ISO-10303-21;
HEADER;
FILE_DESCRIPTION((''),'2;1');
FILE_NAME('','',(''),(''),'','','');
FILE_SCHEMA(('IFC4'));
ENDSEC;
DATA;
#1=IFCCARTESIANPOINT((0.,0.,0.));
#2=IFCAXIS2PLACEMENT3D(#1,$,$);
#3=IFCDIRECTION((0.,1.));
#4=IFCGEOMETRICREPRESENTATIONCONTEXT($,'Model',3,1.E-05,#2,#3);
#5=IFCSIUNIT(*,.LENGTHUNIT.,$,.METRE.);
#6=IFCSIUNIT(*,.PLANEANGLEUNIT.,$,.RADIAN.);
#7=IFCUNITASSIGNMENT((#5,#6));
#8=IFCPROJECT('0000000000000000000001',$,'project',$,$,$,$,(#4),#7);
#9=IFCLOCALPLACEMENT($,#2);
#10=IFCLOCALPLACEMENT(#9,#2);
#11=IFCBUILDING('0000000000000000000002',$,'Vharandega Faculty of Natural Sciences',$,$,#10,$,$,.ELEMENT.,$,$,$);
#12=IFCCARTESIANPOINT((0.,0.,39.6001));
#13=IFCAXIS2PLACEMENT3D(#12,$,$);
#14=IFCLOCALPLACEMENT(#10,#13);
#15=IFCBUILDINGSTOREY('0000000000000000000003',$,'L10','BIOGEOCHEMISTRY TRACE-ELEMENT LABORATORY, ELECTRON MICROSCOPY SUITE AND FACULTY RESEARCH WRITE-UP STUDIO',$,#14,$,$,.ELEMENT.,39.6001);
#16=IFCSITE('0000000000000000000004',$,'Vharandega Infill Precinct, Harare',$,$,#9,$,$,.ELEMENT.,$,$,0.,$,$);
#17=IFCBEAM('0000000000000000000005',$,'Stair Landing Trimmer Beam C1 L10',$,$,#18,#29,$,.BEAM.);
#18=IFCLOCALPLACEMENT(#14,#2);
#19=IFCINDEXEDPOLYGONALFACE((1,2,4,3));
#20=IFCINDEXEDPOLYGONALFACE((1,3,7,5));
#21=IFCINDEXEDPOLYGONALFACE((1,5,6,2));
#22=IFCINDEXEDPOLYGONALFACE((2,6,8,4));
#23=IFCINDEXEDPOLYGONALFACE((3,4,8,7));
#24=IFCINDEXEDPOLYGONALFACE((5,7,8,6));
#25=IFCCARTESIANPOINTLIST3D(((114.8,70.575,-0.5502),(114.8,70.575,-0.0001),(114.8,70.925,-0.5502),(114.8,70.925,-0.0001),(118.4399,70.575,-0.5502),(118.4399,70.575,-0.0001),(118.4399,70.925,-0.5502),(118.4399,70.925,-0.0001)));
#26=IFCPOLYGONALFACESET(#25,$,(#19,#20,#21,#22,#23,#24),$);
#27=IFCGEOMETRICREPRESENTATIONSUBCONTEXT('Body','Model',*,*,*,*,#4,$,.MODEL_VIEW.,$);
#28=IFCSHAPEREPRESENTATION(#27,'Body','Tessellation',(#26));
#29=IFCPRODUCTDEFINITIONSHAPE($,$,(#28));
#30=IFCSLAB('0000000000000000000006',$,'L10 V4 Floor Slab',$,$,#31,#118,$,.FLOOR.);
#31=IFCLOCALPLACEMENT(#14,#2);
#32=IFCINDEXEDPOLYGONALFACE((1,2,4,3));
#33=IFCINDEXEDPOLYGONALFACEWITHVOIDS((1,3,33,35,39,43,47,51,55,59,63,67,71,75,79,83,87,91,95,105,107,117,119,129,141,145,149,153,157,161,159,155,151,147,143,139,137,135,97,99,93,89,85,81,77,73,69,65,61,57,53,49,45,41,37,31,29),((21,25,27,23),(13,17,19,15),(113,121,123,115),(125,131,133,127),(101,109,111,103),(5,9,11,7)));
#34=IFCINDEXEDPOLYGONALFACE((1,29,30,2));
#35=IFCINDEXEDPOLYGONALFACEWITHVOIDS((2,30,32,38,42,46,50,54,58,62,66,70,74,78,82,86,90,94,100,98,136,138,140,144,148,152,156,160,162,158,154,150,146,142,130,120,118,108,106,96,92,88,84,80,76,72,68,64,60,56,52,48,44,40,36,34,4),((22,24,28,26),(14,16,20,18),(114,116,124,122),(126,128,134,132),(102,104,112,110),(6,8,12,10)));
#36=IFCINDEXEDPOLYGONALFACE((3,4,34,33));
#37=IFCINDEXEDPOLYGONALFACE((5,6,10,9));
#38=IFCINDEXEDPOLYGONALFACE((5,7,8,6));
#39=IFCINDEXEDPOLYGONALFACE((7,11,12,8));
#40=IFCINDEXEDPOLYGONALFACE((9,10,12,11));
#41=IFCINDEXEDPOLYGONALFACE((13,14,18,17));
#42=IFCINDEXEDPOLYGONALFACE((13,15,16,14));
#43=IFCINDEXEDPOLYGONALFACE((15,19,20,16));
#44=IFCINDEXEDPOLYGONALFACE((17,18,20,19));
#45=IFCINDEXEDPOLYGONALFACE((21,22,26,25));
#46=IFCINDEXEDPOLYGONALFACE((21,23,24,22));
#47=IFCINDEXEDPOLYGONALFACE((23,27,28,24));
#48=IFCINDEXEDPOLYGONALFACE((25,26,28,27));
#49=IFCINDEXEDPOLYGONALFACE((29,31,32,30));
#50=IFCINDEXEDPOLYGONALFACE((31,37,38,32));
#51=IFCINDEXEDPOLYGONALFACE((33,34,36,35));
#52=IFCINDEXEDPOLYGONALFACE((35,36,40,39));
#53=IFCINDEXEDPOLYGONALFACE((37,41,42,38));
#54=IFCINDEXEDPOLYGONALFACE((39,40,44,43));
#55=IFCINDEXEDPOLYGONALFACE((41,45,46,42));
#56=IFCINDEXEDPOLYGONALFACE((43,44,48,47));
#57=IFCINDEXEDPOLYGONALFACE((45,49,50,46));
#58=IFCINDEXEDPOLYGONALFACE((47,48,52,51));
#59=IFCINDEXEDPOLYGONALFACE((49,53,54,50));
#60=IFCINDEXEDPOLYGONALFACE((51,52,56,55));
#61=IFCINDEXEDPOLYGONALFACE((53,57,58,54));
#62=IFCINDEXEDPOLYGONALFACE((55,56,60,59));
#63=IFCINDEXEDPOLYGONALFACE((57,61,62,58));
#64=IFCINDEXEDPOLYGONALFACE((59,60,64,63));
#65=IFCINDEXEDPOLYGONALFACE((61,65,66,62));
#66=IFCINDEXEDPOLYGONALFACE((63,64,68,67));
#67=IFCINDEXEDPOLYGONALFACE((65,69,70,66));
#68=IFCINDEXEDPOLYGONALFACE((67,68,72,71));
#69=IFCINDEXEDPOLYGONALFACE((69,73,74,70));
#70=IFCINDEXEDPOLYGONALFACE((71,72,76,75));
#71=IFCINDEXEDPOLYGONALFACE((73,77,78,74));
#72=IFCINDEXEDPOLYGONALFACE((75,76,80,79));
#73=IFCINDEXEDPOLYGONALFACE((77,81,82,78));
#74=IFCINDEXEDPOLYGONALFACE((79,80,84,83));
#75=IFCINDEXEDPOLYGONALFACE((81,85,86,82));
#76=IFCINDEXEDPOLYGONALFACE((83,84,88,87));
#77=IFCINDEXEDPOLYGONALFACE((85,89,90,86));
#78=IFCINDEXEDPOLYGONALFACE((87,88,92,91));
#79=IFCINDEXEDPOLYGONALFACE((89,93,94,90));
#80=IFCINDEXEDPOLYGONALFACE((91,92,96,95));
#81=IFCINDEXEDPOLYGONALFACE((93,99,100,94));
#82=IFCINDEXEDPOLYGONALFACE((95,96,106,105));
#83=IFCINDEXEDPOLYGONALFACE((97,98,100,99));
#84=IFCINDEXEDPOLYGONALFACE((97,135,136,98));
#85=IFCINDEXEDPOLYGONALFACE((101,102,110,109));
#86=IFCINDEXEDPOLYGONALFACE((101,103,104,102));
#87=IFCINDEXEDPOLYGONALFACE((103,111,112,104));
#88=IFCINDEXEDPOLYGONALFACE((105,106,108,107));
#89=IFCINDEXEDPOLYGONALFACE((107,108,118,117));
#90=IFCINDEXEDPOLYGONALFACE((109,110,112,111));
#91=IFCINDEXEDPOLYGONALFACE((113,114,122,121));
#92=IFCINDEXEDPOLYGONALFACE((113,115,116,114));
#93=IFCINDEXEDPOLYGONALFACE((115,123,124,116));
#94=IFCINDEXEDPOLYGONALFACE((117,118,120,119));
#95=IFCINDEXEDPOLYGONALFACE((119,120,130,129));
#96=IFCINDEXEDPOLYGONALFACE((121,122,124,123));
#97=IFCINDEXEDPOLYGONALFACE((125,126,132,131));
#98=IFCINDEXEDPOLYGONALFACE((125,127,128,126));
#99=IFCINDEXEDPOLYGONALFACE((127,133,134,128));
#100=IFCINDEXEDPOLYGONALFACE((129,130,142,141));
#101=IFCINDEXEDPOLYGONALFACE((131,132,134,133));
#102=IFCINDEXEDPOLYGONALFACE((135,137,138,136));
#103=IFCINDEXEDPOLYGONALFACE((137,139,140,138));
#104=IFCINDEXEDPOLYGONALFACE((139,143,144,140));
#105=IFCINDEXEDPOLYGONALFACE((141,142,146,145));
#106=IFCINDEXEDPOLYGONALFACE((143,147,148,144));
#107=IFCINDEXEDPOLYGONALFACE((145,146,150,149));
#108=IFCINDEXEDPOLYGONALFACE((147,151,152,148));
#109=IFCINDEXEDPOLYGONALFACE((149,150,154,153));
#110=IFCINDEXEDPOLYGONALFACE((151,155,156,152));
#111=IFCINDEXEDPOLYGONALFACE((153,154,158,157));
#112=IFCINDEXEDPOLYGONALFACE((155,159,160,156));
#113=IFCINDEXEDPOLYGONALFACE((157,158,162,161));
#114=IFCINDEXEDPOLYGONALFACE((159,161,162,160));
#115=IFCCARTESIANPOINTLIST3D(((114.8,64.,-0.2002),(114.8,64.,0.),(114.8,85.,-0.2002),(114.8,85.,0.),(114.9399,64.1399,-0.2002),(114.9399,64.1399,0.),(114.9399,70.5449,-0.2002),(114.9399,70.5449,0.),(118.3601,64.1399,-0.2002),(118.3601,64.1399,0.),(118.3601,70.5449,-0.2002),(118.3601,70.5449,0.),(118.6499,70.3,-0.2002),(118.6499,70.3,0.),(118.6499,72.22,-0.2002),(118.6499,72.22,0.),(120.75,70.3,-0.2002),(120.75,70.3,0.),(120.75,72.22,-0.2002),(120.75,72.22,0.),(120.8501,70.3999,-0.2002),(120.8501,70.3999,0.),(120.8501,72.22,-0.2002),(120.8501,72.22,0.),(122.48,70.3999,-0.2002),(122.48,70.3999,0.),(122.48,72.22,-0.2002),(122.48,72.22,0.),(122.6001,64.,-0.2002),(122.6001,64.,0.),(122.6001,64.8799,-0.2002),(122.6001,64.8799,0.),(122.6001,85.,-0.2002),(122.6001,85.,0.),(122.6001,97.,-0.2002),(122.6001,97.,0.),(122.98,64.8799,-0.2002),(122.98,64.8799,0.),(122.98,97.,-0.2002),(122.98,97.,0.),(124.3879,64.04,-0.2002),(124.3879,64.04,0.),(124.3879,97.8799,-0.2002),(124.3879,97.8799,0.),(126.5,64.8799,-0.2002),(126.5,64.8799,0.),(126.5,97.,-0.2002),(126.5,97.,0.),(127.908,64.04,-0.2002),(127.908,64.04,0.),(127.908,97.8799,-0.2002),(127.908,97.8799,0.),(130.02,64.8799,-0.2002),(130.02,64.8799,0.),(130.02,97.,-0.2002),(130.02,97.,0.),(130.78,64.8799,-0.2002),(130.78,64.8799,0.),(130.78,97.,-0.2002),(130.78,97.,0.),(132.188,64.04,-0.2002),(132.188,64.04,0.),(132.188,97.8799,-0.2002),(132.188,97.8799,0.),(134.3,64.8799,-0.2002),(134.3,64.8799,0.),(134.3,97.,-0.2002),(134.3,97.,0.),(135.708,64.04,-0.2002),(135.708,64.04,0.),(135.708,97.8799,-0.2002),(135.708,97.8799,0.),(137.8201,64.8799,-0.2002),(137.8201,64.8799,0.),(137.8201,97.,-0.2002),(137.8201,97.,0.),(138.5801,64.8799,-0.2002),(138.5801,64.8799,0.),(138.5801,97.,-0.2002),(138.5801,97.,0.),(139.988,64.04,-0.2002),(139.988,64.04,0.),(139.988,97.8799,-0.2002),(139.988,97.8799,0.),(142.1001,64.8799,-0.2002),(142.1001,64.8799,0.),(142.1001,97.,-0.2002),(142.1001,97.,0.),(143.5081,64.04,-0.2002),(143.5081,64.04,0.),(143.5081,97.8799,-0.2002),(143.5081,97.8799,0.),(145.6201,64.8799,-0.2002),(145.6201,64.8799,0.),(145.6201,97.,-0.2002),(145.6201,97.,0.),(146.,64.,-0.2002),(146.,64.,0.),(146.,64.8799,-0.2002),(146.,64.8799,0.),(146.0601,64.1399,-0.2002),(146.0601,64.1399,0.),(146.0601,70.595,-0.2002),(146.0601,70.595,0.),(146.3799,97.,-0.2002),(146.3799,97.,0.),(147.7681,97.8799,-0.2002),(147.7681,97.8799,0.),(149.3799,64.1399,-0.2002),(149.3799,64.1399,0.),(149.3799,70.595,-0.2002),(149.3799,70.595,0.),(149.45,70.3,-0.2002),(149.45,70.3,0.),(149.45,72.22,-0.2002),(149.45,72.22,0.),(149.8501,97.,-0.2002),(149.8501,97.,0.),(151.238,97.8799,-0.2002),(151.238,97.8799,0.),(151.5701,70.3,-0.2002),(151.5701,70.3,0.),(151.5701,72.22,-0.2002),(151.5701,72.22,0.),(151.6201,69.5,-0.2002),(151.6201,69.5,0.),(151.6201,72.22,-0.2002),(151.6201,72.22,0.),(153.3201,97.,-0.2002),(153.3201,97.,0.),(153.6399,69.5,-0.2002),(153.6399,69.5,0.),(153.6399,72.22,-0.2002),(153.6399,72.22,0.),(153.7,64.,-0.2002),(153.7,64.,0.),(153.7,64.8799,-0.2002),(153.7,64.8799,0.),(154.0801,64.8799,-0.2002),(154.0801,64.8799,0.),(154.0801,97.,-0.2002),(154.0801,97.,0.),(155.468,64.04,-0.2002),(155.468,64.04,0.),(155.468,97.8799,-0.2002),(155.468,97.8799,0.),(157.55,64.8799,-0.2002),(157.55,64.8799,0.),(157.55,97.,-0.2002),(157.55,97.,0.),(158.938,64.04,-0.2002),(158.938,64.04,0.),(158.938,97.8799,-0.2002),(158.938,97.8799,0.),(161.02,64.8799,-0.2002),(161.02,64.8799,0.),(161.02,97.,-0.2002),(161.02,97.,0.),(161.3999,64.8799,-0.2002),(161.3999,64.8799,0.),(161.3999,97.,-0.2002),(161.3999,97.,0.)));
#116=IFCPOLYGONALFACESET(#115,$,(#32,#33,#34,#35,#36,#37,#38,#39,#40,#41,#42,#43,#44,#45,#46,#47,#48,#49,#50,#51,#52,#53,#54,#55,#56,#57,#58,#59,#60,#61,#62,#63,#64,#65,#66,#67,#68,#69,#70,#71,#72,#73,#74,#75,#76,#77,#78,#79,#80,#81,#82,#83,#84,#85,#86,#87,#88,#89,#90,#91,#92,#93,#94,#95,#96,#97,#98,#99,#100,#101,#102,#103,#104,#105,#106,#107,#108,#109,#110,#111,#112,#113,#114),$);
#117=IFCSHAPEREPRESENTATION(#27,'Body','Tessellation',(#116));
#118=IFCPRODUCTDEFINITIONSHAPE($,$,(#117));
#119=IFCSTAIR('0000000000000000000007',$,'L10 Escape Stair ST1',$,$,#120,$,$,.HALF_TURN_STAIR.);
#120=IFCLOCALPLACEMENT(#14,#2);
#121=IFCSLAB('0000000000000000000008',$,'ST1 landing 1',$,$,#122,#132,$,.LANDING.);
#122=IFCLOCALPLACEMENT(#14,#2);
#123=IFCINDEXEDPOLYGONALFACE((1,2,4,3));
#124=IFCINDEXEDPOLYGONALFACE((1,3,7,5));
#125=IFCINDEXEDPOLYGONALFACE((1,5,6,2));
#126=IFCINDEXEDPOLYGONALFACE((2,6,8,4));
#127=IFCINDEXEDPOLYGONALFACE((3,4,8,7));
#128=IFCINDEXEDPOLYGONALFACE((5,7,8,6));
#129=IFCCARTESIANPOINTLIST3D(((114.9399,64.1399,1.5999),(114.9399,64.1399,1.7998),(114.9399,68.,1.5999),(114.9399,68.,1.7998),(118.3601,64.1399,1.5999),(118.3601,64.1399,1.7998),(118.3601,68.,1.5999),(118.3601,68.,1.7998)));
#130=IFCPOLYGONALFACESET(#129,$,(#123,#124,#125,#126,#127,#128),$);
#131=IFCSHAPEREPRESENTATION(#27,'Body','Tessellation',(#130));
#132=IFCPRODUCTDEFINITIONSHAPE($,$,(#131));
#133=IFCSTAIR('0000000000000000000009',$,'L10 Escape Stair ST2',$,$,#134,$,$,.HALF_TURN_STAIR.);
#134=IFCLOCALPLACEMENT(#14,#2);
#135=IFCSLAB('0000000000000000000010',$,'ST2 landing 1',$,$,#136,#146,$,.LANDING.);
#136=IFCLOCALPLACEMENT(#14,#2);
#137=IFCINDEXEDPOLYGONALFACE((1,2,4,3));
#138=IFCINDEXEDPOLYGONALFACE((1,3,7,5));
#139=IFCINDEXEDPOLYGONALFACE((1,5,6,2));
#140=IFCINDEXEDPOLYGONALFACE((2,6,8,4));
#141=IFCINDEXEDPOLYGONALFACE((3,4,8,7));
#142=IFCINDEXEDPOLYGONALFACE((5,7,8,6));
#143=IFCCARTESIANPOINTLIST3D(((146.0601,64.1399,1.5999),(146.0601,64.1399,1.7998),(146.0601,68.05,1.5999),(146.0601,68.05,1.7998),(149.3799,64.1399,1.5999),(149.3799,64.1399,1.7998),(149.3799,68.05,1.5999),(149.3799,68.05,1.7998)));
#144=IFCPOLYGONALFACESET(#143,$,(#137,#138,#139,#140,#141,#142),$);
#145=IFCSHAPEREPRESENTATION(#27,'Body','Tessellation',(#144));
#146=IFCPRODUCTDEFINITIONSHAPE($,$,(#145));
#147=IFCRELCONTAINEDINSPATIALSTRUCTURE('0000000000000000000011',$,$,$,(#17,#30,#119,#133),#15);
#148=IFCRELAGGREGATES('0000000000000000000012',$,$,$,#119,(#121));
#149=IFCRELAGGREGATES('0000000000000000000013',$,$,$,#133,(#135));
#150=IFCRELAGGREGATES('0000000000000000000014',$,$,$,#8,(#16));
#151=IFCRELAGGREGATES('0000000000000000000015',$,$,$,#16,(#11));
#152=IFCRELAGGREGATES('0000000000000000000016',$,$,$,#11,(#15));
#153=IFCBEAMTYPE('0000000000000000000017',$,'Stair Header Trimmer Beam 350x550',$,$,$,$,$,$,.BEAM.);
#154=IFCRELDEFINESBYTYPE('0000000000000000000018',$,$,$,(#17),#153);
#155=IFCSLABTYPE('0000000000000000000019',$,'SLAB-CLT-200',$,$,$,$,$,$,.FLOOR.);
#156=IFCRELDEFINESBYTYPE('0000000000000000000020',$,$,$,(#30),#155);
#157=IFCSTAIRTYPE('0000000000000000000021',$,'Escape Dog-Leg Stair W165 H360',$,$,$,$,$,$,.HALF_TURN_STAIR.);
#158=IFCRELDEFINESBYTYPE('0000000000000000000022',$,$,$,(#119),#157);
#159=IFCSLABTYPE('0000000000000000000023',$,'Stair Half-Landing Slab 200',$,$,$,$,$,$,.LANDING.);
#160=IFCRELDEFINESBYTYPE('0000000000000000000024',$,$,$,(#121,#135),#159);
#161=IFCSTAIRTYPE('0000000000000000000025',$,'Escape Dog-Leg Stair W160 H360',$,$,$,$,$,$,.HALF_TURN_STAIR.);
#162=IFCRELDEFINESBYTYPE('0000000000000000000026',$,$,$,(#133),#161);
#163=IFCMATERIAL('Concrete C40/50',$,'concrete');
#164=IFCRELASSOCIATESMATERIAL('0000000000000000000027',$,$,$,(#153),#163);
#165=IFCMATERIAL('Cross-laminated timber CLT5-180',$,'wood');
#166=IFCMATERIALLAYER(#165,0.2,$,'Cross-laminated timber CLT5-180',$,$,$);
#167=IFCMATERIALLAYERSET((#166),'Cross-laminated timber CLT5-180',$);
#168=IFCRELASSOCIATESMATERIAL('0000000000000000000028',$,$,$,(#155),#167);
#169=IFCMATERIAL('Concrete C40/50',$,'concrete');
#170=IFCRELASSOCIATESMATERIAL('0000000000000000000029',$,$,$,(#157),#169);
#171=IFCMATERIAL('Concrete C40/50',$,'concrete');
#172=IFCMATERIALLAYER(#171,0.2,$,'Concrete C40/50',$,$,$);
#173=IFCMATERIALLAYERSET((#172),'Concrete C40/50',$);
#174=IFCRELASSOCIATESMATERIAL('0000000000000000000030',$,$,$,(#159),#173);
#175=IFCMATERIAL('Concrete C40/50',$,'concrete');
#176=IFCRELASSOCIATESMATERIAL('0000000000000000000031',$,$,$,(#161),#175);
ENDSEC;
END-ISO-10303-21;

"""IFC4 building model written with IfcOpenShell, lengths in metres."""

from ifc_helpers import new_model, si_unit, direction, frame, origin, origin_2d, place, context, subcontext, project, spatial, polyline, rectangle, outline, extrude, material, layer, layer_set, material_profile, profile_set, type_object, element, aggregate, save


model = new_model("IFC4")

# Units and contexts
model_context = context("Model", 3, precision=1e-05, world=origin(), true_north=direction((0.0, 1.0)))
body_context = subcontext(model_context, "Body", "Model", "MODEL_VIEW")
ifc_project = project(units=[si_unit("LENGTHUNIT", "METRE"), si_unit("PLANEANGLEUNIT", "RADIAN")], contexts=[model_context])

# Site, building, storey
site_placement = place(None, origin())
site = spatial("IfcSite", under=ifc_project, at=site_placement, Name="Vharandega Infill Precinct, Harare", CompositionType="ELEMENT", RefElevation=0.0)
building_placement = place(site_placement, origin())
building = spatial("IfcBuilding", under=site, at=building_placement, Name="Vharandega Faculty of Natural Sciences", CompositionType="ELEMENT")
storey_placement = place(building_placement, frame((0.0, 0.0, 39.6001)))
storey = spatial("IfcBuildingStorey", under=building, at=storey_placement, Name="L10", Description="BIOGEOCHEMISTRY TRACE-ELEMENT LABORATORY, ELECTRON MICROSCOPY SUITE AND FACULTY RESEARCH WRITE-UP STUDIO", CompositionType="ELEMENT", Elevation=39.6001)

# Beam
ifc_material_1 = material(Name="Concrete C40/50", Category="concrete")
ifc_material_profile_1 = material_profile(ifc_material_1, rectangle(XDim=0.3501, YDim=0.55, at=origin_2d()), Name="RC 350x550")
ifc_profile_set_1 = profile_set([ifc_material_profile_1], Name="Concrete C40/50")
beam_type_1 = type_object("IfcBeamType", Name="Stair Header Trimmer Beam 350x550", PredefinedType="BEAM", material=ifc_profile_set_1)
beam_1_placement = place(storey_placement, frame((114.8, 70.75, -0.2751), z_axis=(1.0, 0.0, 0.0), x_axis=(0.0, 1.0, 0.0)))
element("IfcBeam", 1, at=beam_1_placement, inside=storey, type_object=beam_type_1, Name="Stair Landing Trimmer Beam C1 L10", PredefinedType="BEAM", context=body_context, shape_type="SweptSolid", body=[
    extrude(rectangle(XDim=0.3501, YDim=0.55, at=origin_2d()), origin(), (0.0, 0.0, 1.0), 3.6399),
])

# Slab
ifc_material_2 = material(Name="Cross-laminated timber CLT5-180", Category="wood")
ifc_layer_1 = layer(ifc_material_2, 0.2, Name="Cross-laminated timber CLT5-180")
ifc_layer_set_1 = layer_set([ifc_layer_1], Name="Cross-laminated timber CLT5-180")
slab_type_1 = type_object("IfcSlabType", Name="SLAB-CLT-200", PredefinedType="FLOOR", material=ifc_layer_set_1)
slab_1_placement = place(storey_placement, frame((0.0, 0.0, -0.2002)))
element("IfcSlab", 2, at=slab_1_placement, inside=storey, type_object=slab_type_1, Name="L10 V4 Floor Slab", PredefinedType="FLOOR", context=body_context, shape_type="SweptSolid", body=[
    extrude(outline(polyline([(114.8, 64.0), (122.6001, 64.0), (122.6001, 64.8799), (122.98, 64.8799), (124.3879, 64.04), (126.5, 64.8799), (126.5, 64.8799), (127.908, 64.04), (130.02, 64.8799), (130.78, 64.8799), (132.188, 64.04), (134.3, 64.8799), (134.3, 64.8799), (135.708, 64.04), (137.8201, 64.8799), (138.5801, 64.8799), (139.988, 64.04), (142.1001, 64.8799), (142.1001, 64.8799), (143.5081, 64.04), (145.6201, 64.8799), (146.0, 64.8799), (146.0, 64.0), (153.7, 64.0), (153.7, 64.8799), (154.0801, 64.8799), (155.468, 64.04), (157.55, 64.8799), (157.55, 64.8799), (158.938, 64.04), (161.02, 64.8799), (161.3999, 64.8799), (161.3999, 64.0), (161.3999, 97.0), (161.02, 97.0), (158.938, 97.8799), (157.55, 97.0), (157.55, 97.0), (155.468, 97.8799), (154.0801, 97.0), (153.3201, 97.0), (151.238, 97.8799), (149.8501, 97.0), (149.8501, 97.0), (147.7681, 97.8799), (146.3799, 97.0), (145.6201, 97.0), (143.5081, 97.8799), (142.1001, 97.0), (142.1001, 97.0), (139.988, 97.8799), (138.5801, 97.0), (137.8201, 97.0), (135.708, 97.8799), (134.3, 97.0), (134.3, 97.0), (132.188, 97.8799), (130.78, 97.0), (130.02, 97.0), (127.908, 97.8799), (126.5, 97.0), (126.5, 97.0), (124.3879, 97.8799), (122.98, 97.0), (122.6001, 97.0), (122.6001, 85.0), (114.8, 85.0), (114.8, 64.0)]), holes=[polyline([(114.9399, 70.5449), (114.9399, 64.1399), (118.3601, 64.1399), (118.3601, 70.5449), (114.9399, 70.5449)]), polyline([(118.6499, 70.3), (120.75, 70.3), (120.75, 72.22), (118.6499, 72.22), (118.6499, 70.3)]), polyline([(120.8501, 70.3999), (122.48, 70.3999), (122.48, 72.22), (120.8501, 72.22), (120.8501, 70.3999)]), polyline([(146.0601, 70.595), (146.0601, 64.1399), (149.3799, 64.1399), (149.3799, 70.595), (146.0601, 70.595)]), polyline([(149.45, 70.3), (151.5701, 70.3), (151.5701, 72.22), (149.45, 72.22), (149.45, 70.3)]), polyline([(151.6201, 69.5), (153.6399, 69.5), (153.6399, 72.22), (151.6201, 72.22), (151.6201, 69.5)])]), origin(), (0.0, 0.0, 1.0), 0.2002),
])

# Stairs, slabs
ifc_material_3 = material(Name="Concrete C40/50", Category="concrete")
stair_type_1 = type_object("IfcStairType", Name="Escape Dog-Leg Stair W165 H360", PredefinedType="HALF_TURN_STAIR", material=ifc_material_3)
stair_1_placement = place(storey_placement, origin())
stair_1 = element("IfcStair", 3, at=stair_1_placement, inside=storey, type_object=stair_type_1, Name="L10 Escape Stair ST1", PredefinedType="HALF_TURN_STAIR")
ifc_material_4 = material(Name="Concrete C40/50", Category="concrete")
ifc_layer_2 = layer(ifc_material_4, 0.2, Name="Concrete C40/50")
ifc_layer_set_2 = layer_set([ifc_layer_2], Name="Concrete C40/50")
slab_type_2 = type_object("IfcSlabType", Name="Stair Half-Landing Slab 200", PredefinedType="LANDING", material=ifc_layer_set_2)
slab_2_placement = place(storey_placement, frame((0.0, 0.0, 1.5999)))
slab_2 = element("IfcSlab", 4, at=slab_2_placement, type_object=slab_type_2, Name="ST1 landing 1", PredefinedType="LANDING", context=body_context, shape_type="SweptSolid", body=[
    extrude(outline(polyline([(114.9399, 68.0), (114.9399, 64.1399), (118.3601, 64.1399), (118.3601, 68.0), (114.9399, 68.0)])), origin(), (0.0, 0.0, 1.0), 0.2),
])
aggregate(stair_1, [slab_2])
ifc_material_5 = material(Name="Concrete C40/50", Category="concrete")
stair_type_2 = type_object("IfcStairType", Name="Escape Dog-Leg Stair W160 H360", PredefinedType="HALF_TURN_STAIR", material=ifc_material_5)
stair_2_placement = place(storey_placement, origin())
stair_2 = element("IfcStair", 5, at=stair_2_placement, inside=storey, type_object=stair_type_2, Name="L10 Escape Stair ST2", PredefinedType="HALF_TURN_STAIR")
slab_3_placement = place(storey_placement, frame((0.0, 0.0, 1.5999)))
slab_3 = element("IfcSlab", 6, at=slab_3_placement, type_object=slab_type_2, Name="ST2 landing 1", PredefinedType="LANDING", context=body_context, shape_type="SweptSolid", body=[
    extrude(outline(polyline([(146.0601, 68.05), (146.0601, 64.1399), (149.3799, 64.1399), (149.3799, 68.05), (146.0601, 68.05)])), origin(), (0.0, 0.0, 1.0), 0.2),
])
aggregate(stair_2, [slab_3])

save(model, "model.ifc")
